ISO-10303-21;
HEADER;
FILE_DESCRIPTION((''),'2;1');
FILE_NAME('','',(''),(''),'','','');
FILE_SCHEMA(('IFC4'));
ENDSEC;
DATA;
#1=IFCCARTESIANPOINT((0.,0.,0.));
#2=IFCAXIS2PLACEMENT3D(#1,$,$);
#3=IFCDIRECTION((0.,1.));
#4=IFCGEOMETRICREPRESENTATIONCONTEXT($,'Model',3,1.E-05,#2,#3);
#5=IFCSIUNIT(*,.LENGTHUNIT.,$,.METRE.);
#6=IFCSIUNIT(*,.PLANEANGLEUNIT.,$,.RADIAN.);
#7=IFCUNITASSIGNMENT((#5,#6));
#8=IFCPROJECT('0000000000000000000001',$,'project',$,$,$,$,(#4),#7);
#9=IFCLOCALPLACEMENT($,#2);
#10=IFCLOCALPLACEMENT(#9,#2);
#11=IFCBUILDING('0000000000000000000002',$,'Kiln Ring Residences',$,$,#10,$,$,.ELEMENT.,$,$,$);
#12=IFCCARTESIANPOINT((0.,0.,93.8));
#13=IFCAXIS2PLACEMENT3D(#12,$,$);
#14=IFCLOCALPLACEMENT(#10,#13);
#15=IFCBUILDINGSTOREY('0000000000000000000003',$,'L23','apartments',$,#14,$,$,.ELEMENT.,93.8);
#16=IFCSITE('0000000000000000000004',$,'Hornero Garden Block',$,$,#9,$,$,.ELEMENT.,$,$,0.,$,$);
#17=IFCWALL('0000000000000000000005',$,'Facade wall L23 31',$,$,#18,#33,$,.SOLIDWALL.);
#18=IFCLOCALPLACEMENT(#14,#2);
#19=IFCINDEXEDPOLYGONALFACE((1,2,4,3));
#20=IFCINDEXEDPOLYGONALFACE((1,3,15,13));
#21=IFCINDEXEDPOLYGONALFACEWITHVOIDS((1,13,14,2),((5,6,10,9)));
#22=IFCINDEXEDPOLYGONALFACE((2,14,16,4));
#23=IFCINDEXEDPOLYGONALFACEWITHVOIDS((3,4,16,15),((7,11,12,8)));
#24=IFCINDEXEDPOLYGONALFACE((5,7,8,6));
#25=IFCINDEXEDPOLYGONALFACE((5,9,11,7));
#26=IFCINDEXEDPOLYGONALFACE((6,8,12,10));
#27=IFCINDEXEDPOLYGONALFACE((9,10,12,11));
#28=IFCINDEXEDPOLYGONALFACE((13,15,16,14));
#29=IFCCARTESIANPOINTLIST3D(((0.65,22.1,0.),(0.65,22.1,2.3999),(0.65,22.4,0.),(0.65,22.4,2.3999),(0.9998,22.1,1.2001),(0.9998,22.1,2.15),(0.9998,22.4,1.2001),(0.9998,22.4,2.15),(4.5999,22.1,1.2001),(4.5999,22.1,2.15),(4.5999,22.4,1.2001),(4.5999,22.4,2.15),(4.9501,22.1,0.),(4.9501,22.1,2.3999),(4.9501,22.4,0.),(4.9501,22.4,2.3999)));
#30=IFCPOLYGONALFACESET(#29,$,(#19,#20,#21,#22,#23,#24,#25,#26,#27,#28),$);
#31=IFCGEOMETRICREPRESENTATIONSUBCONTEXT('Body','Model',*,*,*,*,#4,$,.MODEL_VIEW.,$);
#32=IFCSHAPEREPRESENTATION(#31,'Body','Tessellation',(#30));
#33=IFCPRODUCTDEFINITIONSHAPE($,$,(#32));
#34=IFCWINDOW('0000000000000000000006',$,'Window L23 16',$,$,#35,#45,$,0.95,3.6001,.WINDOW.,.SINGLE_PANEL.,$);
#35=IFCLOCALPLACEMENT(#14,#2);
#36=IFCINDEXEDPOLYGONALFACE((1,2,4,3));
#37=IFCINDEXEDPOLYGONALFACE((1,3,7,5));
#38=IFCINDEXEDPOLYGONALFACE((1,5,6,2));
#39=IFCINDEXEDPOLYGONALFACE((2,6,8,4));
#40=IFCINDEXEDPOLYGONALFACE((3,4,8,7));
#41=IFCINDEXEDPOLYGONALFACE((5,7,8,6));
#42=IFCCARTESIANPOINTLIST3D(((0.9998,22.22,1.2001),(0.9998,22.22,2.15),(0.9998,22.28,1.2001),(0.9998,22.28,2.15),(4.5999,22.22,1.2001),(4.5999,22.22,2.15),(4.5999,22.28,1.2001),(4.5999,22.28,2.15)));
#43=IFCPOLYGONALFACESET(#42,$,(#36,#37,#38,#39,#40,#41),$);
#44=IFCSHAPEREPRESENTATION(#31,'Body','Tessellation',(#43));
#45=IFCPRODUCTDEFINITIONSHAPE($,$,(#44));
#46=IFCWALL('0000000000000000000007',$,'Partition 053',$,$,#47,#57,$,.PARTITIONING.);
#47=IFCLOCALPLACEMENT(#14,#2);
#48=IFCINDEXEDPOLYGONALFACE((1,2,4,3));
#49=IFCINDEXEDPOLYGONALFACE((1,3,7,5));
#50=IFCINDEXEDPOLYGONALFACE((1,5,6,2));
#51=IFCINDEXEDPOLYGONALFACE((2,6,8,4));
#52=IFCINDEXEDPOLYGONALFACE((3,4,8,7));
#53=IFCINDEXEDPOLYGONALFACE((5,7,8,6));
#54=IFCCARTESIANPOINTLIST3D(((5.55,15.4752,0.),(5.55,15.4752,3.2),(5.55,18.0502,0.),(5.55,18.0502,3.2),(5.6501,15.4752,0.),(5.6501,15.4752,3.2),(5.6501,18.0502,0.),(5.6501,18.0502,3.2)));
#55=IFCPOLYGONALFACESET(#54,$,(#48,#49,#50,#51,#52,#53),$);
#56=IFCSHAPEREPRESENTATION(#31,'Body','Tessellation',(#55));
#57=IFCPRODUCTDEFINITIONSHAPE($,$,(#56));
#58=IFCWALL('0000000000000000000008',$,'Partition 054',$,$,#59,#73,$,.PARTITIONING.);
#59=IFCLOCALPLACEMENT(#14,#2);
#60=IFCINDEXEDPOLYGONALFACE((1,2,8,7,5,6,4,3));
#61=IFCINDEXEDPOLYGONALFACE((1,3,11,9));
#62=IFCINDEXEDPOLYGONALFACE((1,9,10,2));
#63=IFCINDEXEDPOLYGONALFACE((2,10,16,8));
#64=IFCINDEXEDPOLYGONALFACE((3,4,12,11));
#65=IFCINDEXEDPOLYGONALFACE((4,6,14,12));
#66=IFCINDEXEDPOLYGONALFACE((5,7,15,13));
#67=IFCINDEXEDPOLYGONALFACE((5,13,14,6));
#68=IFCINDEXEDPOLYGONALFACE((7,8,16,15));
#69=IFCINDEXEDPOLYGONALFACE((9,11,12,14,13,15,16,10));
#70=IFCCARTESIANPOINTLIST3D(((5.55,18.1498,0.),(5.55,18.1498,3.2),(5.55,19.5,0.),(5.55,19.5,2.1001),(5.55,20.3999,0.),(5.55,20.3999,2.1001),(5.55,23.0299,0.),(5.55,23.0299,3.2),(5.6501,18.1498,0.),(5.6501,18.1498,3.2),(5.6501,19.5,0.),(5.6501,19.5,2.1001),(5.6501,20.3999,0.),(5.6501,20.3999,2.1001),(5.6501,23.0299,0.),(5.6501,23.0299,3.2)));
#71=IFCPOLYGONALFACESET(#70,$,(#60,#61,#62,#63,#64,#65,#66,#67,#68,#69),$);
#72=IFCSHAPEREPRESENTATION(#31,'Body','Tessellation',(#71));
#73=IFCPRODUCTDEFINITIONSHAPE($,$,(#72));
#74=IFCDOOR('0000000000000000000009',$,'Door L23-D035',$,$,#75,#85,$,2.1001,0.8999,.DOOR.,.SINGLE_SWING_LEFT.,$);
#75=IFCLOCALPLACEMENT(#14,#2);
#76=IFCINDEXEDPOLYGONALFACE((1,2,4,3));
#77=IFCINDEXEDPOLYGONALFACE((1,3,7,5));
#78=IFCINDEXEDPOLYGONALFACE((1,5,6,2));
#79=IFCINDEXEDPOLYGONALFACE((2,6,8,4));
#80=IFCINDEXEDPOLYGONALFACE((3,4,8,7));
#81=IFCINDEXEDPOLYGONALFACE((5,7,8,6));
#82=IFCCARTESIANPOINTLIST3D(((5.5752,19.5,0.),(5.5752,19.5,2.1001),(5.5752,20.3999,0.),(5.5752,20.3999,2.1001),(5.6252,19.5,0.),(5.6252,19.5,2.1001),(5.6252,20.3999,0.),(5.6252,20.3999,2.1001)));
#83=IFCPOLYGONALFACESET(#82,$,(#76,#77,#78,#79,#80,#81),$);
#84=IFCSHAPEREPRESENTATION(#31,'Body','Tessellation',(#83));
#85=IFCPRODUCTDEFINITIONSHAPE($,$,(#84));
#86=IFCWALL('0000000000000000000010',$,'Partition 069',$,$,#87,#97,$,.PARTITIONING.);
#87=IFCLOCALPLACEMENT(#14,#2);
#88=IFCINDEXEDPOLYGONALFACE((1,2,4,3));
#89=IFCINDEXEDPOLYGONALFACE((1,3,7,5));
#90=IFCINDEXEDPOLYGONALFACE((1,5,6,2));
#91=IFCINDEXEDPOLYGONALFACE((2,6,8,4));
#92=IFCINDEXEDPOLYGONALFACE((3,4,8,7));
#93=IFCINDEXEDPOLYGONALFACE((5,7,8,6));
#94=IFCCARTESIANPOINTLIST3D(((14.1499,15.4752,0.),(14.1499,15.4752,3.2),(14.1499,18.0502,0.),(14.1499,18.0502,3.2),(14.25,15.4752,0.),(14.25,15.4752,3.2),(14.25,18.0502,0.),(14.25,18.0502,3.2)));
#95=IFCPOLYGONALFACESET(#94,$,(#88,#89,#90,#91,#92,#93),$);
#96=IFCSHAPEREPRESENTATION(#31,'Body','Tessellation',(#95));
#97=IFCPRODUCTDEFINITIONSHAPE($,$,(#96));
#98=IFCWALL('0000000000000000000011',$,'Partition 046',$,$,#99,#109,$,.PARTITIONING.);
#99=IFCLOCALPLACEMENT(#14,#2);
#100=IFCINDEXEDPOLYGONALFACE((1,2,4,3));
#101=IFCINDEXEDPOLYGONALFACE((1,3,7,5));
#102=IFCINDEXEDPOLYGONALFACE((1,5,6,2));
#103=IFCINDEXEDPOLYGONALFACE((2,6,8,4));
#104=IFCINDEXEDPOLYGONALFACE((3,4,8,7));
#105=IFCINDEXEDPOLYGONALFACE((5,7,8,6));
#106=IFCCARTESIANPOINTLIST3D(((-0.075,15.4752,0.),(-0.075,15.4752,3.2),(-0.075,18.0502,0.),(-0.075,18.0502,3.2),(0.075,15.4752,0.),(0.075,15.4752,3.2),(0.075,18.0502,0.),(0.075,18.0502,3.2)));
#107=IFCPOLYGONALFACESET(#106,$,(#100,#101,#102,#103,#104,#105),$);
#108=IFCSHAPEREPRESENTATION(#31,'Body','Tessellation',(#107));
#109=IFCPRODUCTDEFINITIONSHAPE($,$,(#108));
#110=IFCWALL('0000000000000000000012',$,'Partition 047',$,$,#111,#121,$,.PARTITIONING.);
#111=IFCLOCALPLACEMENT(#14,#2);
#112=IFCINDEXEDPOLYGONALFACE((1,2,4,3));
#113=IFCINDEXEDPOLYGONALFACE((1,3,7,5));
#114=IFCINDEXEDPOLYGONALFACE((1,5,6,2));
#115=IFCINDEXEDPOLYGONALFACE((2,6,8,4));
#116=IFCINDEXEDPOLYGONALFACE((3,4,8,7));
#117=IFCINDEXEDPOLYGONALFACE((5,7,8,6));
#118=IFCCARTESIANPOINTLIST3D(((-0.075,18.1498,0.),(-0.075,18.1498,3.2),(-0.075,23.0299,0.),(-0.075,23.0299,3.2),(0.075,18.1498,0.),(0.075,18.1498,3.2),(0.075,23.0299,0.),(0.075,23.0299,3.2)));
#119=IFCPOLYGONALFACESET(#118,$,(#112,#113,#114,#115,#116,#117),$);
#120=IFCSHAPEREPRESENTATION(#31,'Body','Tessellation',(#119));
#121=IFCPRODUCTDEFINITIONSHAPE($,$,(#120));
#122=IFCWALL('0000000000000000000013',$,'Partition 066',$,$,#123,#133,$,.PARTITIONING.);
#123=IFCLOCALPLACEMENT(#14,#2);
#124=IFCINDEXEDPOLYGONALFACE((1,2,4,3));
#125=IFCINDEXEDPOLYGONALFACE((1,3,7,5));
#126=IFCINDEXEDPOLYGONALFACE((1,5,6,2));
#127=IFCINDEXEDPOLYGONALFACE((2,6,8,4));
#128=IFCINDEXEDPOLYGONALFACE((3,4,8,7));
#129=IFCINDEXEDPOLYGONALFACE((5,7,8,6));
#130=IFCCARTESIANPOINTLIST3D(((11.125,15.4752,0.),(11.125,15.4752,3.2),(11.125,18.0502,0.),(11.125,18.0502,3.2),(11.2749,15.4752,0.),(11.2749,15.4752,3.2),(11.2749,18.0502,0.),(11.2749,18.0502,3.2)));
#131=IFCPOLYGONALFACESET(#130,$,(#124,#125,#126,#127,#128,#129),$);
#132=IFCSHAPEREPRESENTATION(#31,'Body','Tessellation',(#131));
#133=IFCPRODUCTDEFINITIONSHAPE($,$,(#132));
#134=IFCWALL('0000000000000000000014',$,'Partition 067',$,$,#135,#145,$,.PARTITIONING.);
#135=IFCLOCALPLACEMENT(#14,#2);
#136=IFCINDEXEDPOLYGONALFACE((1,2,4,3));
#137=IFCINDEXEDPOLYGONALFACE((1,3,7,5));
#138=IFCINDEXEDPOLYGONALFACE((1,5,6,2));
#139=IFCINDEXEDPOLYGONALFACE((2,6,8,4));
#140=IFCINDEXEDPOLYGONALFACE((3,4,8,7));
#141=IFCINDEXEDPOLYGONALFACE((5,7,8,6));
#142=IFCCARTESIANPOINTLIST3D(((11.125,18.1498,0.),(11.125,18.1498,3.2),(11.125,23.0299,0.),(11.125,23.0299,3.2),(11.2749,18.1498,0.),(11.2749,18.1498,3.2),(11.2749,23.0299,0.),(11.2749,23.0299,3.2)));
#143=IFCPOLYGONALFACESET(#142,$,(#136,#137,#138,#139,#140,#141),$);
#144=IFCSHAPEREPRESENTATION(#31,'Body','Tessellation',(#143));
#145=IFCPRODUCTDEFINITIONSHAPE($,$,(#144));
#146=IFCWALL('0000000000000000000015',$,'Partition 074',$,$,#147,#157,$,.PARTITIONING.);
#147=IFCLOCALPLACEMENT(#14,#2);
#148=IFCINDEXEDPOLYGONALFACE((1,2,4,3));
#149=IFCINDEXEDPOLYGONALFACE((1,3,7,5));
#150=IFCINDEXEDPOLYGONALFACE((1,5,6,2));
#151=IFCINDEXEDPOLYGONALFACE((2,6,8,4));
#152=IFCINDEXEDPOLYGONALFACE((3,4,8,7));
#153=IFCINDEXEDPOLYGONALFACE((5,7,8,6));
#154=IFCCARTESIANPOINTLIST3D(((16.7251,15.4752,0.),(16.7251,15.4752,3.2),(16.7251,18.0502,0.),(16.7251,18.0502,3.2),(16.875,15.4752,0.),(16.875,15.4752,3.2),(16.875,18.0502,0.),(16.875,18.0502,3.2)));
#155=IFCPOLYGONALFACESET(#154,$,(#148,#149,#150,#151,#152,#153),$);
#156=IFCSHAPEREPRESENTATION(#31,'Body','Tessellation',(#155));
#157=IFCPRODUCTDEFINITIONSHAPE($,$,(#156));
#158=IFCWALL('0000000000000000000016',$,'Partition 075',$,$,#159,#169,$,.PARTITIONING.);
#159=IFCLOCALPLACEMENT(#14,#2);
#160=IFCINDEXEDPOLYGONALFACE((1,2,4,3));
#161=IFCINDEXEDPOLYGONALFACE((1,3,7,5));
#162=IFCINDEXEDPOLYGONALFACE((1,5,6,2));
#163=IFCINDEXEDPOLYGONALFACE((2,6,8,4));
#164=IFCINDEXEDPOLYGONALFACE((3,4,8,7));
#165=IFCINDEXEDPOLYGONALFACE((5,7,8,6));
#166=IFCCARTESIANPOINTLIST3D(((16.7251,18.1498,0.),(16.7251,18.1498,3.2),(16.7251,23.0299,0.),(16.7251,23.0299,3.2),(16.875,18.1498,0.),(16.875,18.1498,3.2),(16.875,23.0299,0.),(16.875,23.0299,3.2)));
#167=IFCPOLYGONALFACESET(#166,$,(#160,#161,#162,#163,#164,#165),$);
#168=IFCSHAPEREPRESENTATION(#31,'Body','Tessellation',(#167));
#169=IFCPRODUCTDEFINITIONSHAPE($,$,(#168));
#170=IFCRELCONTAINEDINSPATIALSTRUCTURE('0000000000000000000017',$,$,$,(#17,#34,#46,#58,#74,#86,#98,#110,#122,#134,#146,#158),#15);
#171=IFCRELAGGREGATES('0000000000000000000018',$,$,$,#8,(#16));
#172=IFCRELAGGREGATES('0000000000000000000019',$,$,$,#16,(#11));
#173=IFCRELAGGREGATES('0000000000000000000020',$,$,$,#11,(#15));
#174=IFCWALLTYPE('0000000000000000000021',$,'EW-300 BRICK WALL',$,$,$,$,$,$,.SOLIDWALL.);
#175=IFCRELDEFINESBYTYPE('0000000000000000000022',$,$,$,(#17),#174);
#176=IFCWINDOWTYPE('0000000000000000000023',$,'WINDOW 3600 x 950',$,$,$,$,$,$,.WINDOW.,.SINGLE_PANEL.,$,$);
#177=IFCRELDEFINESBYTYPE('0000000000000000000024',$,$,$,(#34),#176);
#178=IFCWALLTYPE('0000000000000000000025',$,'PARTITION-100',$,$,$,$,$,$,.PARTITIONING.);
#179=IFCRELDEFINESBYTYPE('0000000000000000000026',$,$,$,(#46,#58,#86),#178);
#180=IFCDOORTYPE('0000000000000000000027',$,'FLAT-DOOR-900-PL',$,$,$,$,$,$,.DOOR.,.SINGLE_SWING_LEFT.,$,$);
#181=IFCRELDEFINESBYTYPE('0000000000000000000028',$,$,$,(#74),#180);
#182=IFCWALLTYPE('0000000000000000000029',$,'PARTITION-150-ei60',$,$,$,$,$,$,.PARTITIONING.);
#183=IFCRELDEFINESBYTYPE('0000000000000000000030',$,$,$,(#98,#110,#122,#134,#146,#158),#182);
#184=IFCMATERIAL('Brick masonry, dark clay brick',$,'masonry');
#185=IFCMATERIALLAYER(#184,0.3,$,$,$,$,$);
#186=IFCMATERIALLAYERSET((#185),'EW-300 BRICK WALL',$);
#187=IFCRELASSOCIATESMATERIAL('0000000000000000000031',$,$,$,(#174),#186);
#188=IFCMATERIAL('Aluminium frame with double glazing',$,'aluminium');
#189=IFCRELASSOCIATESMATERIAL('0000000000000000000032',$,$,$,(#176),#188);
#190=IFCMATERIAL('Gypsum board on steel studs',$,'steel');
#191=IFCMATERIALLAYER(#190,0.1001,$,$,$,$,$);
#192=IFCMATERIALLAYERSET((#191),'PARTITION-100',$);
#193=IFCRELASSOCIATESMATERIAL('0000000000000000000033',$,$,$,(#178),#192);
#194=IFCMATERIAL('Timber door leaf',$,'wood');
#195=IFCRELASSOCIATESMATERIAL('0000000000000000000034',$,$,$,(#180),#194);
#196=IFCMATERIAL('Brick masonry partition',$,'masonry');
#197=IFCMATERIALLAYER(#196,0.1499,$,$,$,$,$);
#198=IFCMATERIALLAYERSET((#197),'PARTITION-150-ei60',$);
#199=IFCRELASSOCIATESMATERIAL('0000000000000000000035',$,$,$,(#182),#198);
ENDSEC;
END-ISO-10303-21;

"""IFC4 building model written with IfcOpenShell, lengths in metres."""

from ifc_helpers import new_model, si_unit, direction, frame, frame_2d, origin, place, context, subcontext, project, spatial, rectangle, extrude, material, layer, layer_set, type_object, element, fill, save


model = new_model("IFC4")

# Units and contexts
model_context = context("Model", 3, precision=1e-05, world=origin(), true_north=direction((0.0, 1.0)))
body_context = subcontext(model_context, "Body", "Model", "MODEL_VIEW")
ifc_project = project(units=[si_unit("LENGTHUNIT", "METRE"), si_unit("PLANEANGLEUNIT", "RADIAN")], contexts=[model_context])

# Site, building, storey
site_placement = place(None, origin())
site = spatial("IfcSite", under=ifc_project, at=site_placement, Name="Hornero Garden Block", CompositionType="ELEMENT", RefElevation=0.0)
building_placement = place(site_placement, origin())
building = spatial("IfcBuilding", under=site, at=building_placement, Name="Kiln Ring Residences", CompositionType="ELEMENT")
storey_placement = place(building_placement, frame((0.0, 0.0, 93.8)))
storey = spatial("IfcBuildingStorey", under=building, at=storey_placement, Name="L23", Description="apartments", CompositionType="ELEMENT", Elevation=93.8)

# Wall, opening, window
ifc_material_1 = material(Name="Brick masonry, dark clay brick", Category="masonry")
ifc_layer_1 = layer(ifc_material_1, 0.3)
ifc_layer_set_1 = layer_set([ifc_layer_1], Name="EW-300 BRICK WALL")
wall_type_1 = type_object("IfcWallType", Name="EW-300 BRICK WALL", PredefinedType="SOLIDWALL", material=ifc_layer_set_1)
ifc_material_2 = material(Name="Aluminium frame with double glazing", Category="aluminium")
window_type = type_object("IfcWindowType", Name="WINDOW 3600 x 950", PartitioningType="SINGLE_PANEL", PredefinedType="WINDOW", material=ifc_material_2)
wall_1_placement = place(storey_placement, frame((4.95, 22.25, 0.0), z_axis=(0.0, 0.0, 1.0), x_axis=(-1.0, 0.0, 0.0)))
wall_1 = element("IfcWall", 1, at=wall_1_placement, inside=storey, type_object=wall_type_1, Name="Facade wall L23 31", PredefinedType="SOLIDWALL", context=body_context, shape_type="SweptSolid", body=[
    extrude(rectangle(XDim=4.3, YDim=0.3, at=frame_2d((2.1499, 0.0))), origin(), (0.0, 0.0, 1.0), 2.3999),
])
opening_1_placement = place(wall_1_placement, frame((0.3501, 0.0, 1.2)))
opening_1 = element("IfcOpeningElement", 2, at=opening_1_placement, cuts=wall_1, PredefinedType="OPENING", context=body_context, shape_type="SweptSolid", body=[
    extrude(rectangle(XDim=3.6001, YDim=0.95, at=frame_2d((1.8, 0.4751))), frame((0.0, 0.1599, 0.0), z_axis=(0.0, -1.0, 0.0), x_axis=(1.0, 0.0, 0.0)), (0.0, 0.0, 1.0), 0.3201),
])
window_1_placement = place(opening_1_placement, origin())
window_1 = element("IfcWindow", 3, at=window_1_placement, inside=storey, type_object=window_type, Name="Window L23 16", OverallHeight=0.95, OverallWidth=3.6001, PartitioningType="SINGLE_PANEL", PredefinedType="WINDOW", context=body_context, shape_type="SweptSolid", body=[
    extrude(rectangle(XDim=3.6001, YDim=0.95, at=frame_2d((1.8, 0.4751))), frame((0.0, 0.03, 0.0), z_axis=(0.0, -1.0, 0.0), x_axis=(1.0, 0.0, 0.0)), (0.0, 0.0, 1.0), 0.0601),
])
fill(opening_1, window_1)

# Wall
ifc_material_3 = material(Name="Gypsum board on steel studs", Category="steel")
ifc_layer_2 = layer(ifc_material_3, 0.1001)
ifc_layer_set_2 = layer_set([ifc_layer_2], Name="PARTITION-100")
wall_type_2 = type_object("IfcWallType", Name="PARTITION-100", PredefinedType="PARTITIONING", material=ifc_layer_set_2)
wall_2_placement = place(storey_placement, frame((5.6001, 15.4751, 0.0), z_axis=(0.0, 0.0, 1.0), x_axis=(0.0, 1.0, 0.0)))
element("IfcWall", 4, at=wall_2_placement, inside=storey, type_object=wall_type_2, Name="Partition 053", PredefinedType="PARTITIONING", context=body_context, shape_type="SweptSolid", body=[
    extrude(rectangle(XDim=2.575, YDim=0.1001, at=frame_2d((1.2876, 0.0))), origin(), (0.0, 0.0, 1.0), 3.2),
])

# Wall, opening, door
wall_3_placement = place(storey_placement, frame((5.6001, 18.1499, 0.0), z_axis=(0.0, 0.0, 1.0), x_axis=(0.0, 1.0, 0.0)))
wall_3 = element("IfcWall", 5, at=wall_3_placement, inside=storey, type_object=wall_type_2, Name="Partition 054", PredefinedType="PARTITIONING", context=body_context, shape_type="SweptSolid", body=[
    extrude(rectangle(XDim=4.8801, YDim=0.1001, at=frame_2d((2.4399, 0.0))), origin(), (0.0, 0.0, 1.0), 3.2),
])
opening_2_placement = place(wall_3_placement, frame((1.3501, 0.0, 0.0)))
opening_2 = element("IfcOpeningElement", 6, at=opening_2_placement, cuts=wall_3, PredefinedType="OPENING", context=body_context, shape_type="SweptSolid", body=[
    extrude(rectangle(XDim=0.8999, YDim=2.1001, at=frame_2d((0.45, 1.05))), frame((0.0, 0.0601, 0.0), z_axis=(0.0, -1.0, 0.0), x_axis=(1.0, 0.0, 0.0)), (0.0, 0.0, 1.0), 0.1201),
])
ifc_material_4 = material(Name="Timber door leaf", Category="wood")
door_type = type_object("IfcDoorType", Name="FLAT-DOOR-900-PL", OperationType="SINGLE_SWING_LEFT", PredefinedType="DOOR", material=ifc_material_4)
door_placement = place(opening_2_placement, origin())
door = element("IfcDoor", 7, at=door_placement, inside=storey, type_object=door_type, Name="Door L23-D035", OperationType="SINGLE_SWING_LEFT", OverallHeight=2.1001, OverallWidth=0.8999, PredefinedType="DOOR", context=body_context, shape_type="SweptSolid", body=[
    extrude(rectangle(XDim=0.8999, YDim=2.1001, at=frame_2d((0.45, 1.05))), frame((0.0, 0.0249, 0.0), z_axis=(0.0, -1.0, 0.0), x_axis=(1.0, 0.0, 0.0)), (0.0, 0.0, 1.0), 0.05),
])
fill(opening_2, door)

# Walls
wall_4_placement = place(storey_placement, frame((14.2, 15.4751, 0.0), z_axis=(0.0, 0.0, 1.0), x_axis=(0.0, 1.0, 0.0)))
element("IfcWall", 8, at=wall_4_placement, inside=storey, type_object=wall_type_2, Name="Partition 069", PredefinedType="PARTITIONING", context=body_context, shape_type="SweptSolid", body=[
    extrude(rectangle(XDim=2.575, YDim=0.1001, at=frame_2d((1.2876, 0.0))), origin(), (0.0, 0.0, 1.0), 3.2),
])
ifc_material_5 = material(Name="Brick masonry partition", Category="masonry")
ifc_layer_3 = layer(ifc_material_5, 0.1499)
ifc_layer_set_3 = layer_set([ifc_layer_3], Name="PARTITION-150-ei60")
wall_type_3 = type_object("IfcWallType", Name="PARTITION-150-ei60", PredefinedType="PARTITIONING", material=ifc_layer_set_3)
wall_5_placement = place(storey_placement, frame((0.0, 15.4751, 0.0), z_axis=(0.0, 0.0, 1.0), x_axis=(0.0, 1.0, 0.0)))
element("IfcWall", 9, at=wall_5_placement, inside=storey, type_object=wall_type_3, Name="Partition 046", PredefinedType="PARTITIONING", context=body_context, shape_type="SweptSolid", body=[
    extrude(rectangle(XDim=2.575, YDim=0.1499, at=frame_2d((1.2876, 0.0))), origin(), (0.0, 0.0, 1.0), 3.2),
])
wall_6_placement = place(storey_placement, frame((0.0, 18.1499, 0.0), z_axis=(0.0, 0.0, 1.0), x_axis=(0.0, 1.0, 0.0)))
element("IfcWall", 10, at=wall_6_placement, inside=storey, type_object=wall_type_3, Name="Partition 047", PredefinedType="PARTITIONING", context=body_context, shape_type="SweptSolid", body=[
    extrude(rectangle(XDim=4.8801, YDim=0.1499, at=frame_2d((2.4399, 0.0))), origin(), (0.0, 0.0, 1.0), 3.2),
])
wall_7_placement = place(storey_placement, frame((11.2, 15.4751, 0.0), z_axis=(0.0, 0.0, 1.0), x_axis=(0.0, 1.0, 0.0)))
element("IfcWall", 11, at=wall_7_placement, inside=storey, type_object=wall_type_3, Name="Partition 066", PredefinedType="PARTITIONING", context=body_context, shape_type="SweptSolid", body=[
    extrude(rectangle(XDim=2.575, YDim=0.1499, at=frame_2d((1.2876, 0.0))), origin(), (0.0, 0.0, 1.0), 3.2),
])
wall_8_placement = place(storey_placement, frame((11.2, 18.1499, 0.0), z_axis=(0.0, 0.0, 1.0), x_axis=(0.0, 1.0, 0.0)))
element("IfcWall", 12, at=wall_8_placement, inside=storey, type_object=wall_type_3, Name="Partition 067", PredefinedType="PARTITIONING", context=body_context, shape_type="SweptSolid", body=[
    extrude(rectangle(XDim=4.8801, YDim=0.1499, at=frame_2d((2.4399, 0.0))), origin(), (0.0, 0.0, 1.0), 3.2),
])
wall_9_placement = place(storey_placement, frame((16.8, 15.4751, 0.0), z_axis=(0.0, 0.0, 1.0), x_axis=(0.0, 1.0, 0.0)))
element("IfcWall", 13, at=wall_9_placement, inside=storey, type_object=wall_type_3, Name="Partition 074", PredefinedType="PARTITIONING", context=body_context, shape_type="SweptSolid", body=[
    extrude(rectangle(XDim=2.575, YDim=0.1499, at=frame_2d((1.2876, 0.0))), origin(), (0.0, 0.0, 1.0), 3.2),
])
wall_10_placement = place(storey_placement, frame((16.8, 18.1499, 0.0), z_axis=(0.0, 0.0, 1.0), x_axis=(0.0, 1.0, 0.0)))
element("IfcWall", 14, at=wall_10_placement, inside=storey, type_object=wall_type_3, Name="Partition 075", PredefinedType="PARTITIONING", context=body_context, shape_type="SweptSolid", body=[
    extrude(rectangle(XDim=4.8801, YDim=0.1499, at=frame_2d((2.4399, 0.0))), origin(), (0.0, 0.0, 1.0), 3.2),
])

save(model, "model.ifc")
